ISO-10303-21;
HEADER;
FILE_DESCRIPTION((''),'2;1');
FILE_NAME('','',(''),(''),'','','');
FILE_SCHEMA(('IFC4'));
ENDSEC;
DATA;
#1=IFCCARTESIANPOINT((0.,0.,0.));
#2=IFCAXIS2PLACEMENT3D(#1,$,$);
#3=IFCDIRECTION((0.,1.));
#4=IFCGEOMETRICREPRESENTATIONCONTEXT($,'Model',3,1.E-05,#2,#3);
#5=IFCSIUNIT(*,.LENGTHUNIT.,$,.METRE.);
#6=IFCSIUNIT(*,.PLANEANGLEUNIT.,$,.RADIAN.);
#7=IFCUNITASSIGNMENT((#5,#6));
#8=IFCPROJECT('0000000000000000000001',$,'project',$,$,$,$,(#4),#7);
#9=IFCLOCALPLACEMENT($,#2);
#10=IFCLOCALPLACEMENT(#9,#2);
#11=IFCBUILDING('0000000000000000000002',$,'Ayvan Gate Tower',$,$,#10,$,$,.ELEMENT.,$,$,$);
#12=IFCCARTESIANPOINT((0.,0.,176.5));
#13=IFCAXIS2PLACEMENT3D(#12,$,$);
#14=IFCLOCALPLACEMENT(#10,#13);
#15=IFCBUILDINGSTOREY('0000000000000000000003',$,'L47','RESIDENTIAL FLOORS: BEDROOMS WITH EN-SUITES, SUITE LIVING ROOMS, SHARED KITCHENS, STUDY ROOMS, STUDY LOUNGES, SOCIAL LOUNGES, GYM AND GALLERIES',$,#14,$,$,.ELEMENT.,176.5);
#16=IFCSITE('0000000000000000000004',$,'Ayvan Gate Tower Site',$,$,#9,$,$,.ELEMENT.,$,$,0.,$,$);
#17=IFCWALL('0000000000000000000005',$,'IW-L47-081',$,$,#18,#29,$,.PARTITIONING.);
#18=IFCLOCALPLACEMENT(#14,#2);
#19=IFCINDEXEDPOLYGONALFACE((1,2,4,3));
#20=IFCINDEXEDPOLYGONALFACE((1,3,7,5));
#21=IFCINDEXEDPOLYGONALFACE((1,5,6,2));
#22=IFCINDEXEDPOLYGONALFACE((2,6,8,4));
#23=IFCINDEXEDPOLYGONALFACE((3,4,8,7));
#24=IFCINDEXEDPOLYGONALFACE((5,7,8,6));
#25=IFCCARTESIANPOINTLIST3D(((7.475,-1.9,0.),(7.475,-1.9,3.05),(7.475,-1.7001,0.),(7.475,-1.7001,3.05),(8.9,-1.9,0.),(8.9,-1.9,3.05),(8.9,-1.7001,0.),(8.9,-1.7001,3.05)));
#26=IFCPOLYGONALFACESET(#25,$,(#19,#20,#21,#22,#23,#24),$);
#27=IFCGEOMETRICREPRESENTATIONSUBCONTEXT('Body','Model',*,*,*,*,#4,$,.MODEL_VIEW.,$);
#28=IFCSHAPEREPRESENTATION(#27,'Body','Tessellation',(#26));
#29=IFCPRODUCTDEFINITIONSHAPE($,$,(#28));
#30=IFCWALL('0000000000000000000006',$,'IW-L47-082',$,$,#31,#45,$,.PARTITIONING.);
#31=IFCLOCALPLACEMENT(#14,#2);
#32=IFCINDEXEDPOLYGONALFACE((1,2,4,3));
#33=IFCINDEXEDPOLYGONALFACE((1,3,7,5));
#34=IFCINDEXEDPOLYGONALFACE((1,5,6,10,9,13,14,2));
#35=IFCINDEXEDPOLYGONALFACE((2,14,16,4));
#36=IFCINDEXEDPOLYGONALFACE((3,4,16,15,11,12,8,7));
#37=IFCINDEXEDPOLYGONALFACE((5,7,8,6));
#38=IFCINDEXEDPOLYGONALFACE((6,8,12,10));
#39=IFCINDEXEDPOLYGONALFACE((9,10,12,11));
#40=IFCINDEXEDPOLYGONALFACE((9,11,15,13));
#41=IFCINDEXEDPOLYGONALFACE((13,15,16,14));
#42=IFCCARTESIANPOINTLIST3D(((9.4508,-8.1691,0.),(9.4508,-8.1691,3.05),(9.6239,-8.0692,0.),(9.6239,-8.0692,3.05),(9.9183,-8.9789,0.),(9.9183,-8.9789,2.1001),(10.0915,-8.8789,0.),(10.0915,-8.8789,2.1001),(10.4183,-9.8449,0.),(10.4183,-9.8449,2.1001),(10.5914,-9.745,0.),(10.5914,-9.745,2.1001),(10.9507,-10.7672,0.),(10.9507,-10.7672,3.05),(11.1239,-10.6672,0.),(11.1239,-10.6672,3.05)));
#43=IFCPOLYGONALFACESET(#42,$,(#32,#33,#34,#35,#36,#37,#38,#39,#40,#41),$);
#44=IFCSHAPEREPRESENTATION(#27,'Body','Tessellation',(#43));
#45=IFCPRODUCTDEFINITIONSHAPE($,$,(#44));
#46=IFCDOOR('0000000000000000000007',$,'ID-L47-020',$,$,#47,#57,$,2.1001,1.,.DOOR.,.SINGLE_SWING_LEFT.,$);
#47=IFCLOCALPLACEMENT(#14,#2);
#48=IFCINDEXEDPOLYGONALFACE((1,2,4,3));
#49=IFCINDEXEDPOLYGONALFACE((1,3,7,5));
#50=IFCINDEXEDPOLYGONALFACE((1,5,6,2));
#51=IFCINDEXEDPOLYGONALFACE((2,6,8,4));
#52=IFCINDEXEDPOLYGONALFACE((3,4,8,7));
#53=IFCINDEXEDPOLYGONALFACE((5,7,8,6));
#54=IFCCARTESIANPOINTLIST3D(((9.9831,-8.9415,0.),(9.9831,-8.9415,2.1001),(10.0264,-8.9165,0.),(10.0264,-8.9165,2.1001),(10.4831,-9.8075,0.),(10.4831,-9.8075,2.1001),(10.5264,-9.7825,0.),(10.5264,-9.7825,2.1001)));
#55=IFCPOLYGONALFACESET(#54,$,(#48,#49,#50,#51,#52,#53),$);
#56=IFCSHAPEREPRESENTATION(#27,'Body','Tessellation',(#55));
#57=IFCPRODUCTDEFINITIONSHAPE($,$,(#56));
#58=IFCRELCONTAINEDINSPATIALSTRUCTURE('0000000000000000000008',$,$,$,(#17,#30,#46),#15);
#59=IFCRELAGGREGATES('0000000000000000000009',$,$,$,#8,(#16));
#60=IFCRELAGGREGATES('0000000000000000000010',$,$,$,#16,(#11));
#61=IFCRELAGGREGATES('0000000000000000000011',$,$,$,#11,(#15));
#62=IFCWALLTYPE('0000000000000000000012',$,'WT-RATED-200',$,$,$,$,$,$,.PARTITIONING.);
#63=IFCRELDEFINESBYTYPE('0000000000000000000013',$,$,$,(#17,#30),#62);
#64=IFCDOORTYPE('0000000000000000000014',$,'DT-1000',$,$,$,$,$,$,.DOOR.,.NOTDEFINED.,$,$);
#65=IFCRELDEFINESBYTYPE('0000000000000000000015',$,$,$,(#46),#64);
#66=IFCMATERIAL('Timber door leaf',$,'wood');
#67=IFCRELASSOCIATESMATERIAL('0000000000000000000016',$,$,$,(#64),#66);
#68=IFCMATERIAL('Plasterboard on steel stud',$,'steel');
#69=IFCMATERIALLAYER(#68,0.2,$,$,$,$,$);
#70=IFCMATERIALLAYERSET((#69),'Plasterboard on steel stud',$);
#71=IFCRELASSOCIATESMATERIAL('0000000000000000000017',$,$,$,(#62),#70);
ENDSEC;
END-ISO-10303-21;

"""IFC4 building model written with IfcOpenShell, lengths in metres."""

from ifc_helpers import new_model, si_unit, direction, frame, frame_2d, origin, place, context, subcontext, project, spatial, rectangle, extrude, material, layer, layer_set, type_object, element, fill, save


model = new_model("IFC4")

# Units and contexts
model_context = context("Model", 3, precision=1e-05, world=origin(), true_north=direction((0.0, 1.0)))
body_context = subcontext(model_context, "Body", "Model", "MODEL_VIEW")
ifc_project = project(units=[si_unit("LENGTHUNIT", "METRE"), si_unit("PLANEANGLEUNIT", "RADIAN")], contexts=[model_context])

# Site, building, storey
site_placement = place(None, origin())
site = spatial("IfcSite", under=ifc_project, at=site_placement, Name="Ayvan Gate Tower Site", CompositionType="ELEMENT", RefElevation=0.0)
building_placement = place(site_placement, origin())
building = spatial("IfcBuilding", under=site, at=building_placement, Name="Ayvan Gate Tower", CompositionType="ELEMENT")
storey_placement = place(building_placement, frame((0.0, 0.0, 176.5)))
storey = spatial("IfcBuildingStorey", under=building, at=storey_placement, Name="L47", Description="RESIDENTIAL FLOORS: BEDROOMS WITH EN-SUITES, SUITE LIVING ROOMS, SHARED KITCHENS, STUDY ROOMS, STUDY LOUNGES, SOCIAL LOUNGES, GYM AND GALLERIES", CompositionType="ELEMENT", Elevation=176.5)

# Shared definitions
ifc_material_1 = material(Name="Timber door leaf", Category="wood")

# Shared definitions
ifc_material_2 = material(Name="Plasterboard on steel stud", Category="steel")

# Shared definitions
door_type_1 = type_object("IfcDoorType", Name="DT-1000", OperationType="NOTDEFINED", PredefinedType="DOOR", material=ifc_material_1)

# Wall
ifc_layer_1 = layer(ifc_material_2, 0.2)
ifc_layer_set_1 = layer_set([ifc_layer_1], Name="Plasterboard on steel stud")
wall_type_1 = type_object("IfcWallType", Name="WT-RATED-200", PredefinedType="PARTITIONING", material=ifc_layer_set_1)
wall_1_placement = place(storey_placement, frame((8.8999, -1.8, 0.0), z_axis=(0.0, 0.0, 1.0), x_axis=(-1.0, 0.0, 0.0)))
element("IfcWall", 1, at=wall_1_placement, inside=storey, type_object=wall_type_1, Name="IW-L47-081", PredefinedType="PARTITIONING", context=body_context, shape_type="SweptSolid", body=[
    extrude(rectangle(XDim=1.425, YDim=0.2, at=frame_2d((0.7124, 0.0))), origin(), (0.0, 0.0, 1.0), 3.05),
])

# Wall, opening, door
wall_2_placement = place(storey_placement, frame((9.5374, -8.1191, 0.0), z_axis=(0.0, 0.0, 1.0), x_axis=(0.49999, -0.866031, 0.0)))
wall_2 = element("IfcWall", 2, at=wall_2_placement, inside=storey, type_object=wall_type_1, Name="IW-L47-082", PredefinedType="PARTITIONING", context=body_context, shape_type="SweptSolid", body=[
    extrude(rectangle(XDim=3.0, YDim=0.2, at=frame_2d((1.5, 0.0))), origin(), (0.0, 0.0, 1.0), 3.05),
])
opening_1_placement = place(wall_2_placement, frame((0.9351, 0.0, 0.0)))
opening_1 = element("IfcOpeningElement", 3, at=opening_1_placement, cuts=wall_2, PredefinedType="OPENING", context=body_context, shape_type="SweptSolid", body=[
    extrude(rectangle(XDim=1.0, YDim=2.1001, at=frame_2d((0.5, 1.05))), frame((0.0, 0.1099, 0.0), z_axis=(0.0, -1.0, 0.0), x_axis=(1.0, 0.0, 0.0)), (0.0, 0.0, 1.0), 0.22),
])
door_1_placement = place(opening_1_placement, origin())
door_1 = element("IfcDoor", 4, at=door_1_placement, inside=storey, type_object=door_type_1, Name="ID-L47-020", OperationType="SINGLE_SWING_LEFT", OverallHeight=2.1001, OverallWidth=1.0, PredefinedType="DOOR", context=body_context, shape_type="SweptSolid", body=[
    extrude(rectangle(XDim=1.0, YDim=2.1001, at=frame_2d((0.5, 1.05))), frame((0.0, 0.0249, 0.0), z_axis=(0.0, -1.0, 0.0), x_axis=(1.0, 0.0, 0.0)), (0.0, 0.0, 1.0), 0.05),
])
fill(opening_1, door_1)

save(model, "model.ifc")
